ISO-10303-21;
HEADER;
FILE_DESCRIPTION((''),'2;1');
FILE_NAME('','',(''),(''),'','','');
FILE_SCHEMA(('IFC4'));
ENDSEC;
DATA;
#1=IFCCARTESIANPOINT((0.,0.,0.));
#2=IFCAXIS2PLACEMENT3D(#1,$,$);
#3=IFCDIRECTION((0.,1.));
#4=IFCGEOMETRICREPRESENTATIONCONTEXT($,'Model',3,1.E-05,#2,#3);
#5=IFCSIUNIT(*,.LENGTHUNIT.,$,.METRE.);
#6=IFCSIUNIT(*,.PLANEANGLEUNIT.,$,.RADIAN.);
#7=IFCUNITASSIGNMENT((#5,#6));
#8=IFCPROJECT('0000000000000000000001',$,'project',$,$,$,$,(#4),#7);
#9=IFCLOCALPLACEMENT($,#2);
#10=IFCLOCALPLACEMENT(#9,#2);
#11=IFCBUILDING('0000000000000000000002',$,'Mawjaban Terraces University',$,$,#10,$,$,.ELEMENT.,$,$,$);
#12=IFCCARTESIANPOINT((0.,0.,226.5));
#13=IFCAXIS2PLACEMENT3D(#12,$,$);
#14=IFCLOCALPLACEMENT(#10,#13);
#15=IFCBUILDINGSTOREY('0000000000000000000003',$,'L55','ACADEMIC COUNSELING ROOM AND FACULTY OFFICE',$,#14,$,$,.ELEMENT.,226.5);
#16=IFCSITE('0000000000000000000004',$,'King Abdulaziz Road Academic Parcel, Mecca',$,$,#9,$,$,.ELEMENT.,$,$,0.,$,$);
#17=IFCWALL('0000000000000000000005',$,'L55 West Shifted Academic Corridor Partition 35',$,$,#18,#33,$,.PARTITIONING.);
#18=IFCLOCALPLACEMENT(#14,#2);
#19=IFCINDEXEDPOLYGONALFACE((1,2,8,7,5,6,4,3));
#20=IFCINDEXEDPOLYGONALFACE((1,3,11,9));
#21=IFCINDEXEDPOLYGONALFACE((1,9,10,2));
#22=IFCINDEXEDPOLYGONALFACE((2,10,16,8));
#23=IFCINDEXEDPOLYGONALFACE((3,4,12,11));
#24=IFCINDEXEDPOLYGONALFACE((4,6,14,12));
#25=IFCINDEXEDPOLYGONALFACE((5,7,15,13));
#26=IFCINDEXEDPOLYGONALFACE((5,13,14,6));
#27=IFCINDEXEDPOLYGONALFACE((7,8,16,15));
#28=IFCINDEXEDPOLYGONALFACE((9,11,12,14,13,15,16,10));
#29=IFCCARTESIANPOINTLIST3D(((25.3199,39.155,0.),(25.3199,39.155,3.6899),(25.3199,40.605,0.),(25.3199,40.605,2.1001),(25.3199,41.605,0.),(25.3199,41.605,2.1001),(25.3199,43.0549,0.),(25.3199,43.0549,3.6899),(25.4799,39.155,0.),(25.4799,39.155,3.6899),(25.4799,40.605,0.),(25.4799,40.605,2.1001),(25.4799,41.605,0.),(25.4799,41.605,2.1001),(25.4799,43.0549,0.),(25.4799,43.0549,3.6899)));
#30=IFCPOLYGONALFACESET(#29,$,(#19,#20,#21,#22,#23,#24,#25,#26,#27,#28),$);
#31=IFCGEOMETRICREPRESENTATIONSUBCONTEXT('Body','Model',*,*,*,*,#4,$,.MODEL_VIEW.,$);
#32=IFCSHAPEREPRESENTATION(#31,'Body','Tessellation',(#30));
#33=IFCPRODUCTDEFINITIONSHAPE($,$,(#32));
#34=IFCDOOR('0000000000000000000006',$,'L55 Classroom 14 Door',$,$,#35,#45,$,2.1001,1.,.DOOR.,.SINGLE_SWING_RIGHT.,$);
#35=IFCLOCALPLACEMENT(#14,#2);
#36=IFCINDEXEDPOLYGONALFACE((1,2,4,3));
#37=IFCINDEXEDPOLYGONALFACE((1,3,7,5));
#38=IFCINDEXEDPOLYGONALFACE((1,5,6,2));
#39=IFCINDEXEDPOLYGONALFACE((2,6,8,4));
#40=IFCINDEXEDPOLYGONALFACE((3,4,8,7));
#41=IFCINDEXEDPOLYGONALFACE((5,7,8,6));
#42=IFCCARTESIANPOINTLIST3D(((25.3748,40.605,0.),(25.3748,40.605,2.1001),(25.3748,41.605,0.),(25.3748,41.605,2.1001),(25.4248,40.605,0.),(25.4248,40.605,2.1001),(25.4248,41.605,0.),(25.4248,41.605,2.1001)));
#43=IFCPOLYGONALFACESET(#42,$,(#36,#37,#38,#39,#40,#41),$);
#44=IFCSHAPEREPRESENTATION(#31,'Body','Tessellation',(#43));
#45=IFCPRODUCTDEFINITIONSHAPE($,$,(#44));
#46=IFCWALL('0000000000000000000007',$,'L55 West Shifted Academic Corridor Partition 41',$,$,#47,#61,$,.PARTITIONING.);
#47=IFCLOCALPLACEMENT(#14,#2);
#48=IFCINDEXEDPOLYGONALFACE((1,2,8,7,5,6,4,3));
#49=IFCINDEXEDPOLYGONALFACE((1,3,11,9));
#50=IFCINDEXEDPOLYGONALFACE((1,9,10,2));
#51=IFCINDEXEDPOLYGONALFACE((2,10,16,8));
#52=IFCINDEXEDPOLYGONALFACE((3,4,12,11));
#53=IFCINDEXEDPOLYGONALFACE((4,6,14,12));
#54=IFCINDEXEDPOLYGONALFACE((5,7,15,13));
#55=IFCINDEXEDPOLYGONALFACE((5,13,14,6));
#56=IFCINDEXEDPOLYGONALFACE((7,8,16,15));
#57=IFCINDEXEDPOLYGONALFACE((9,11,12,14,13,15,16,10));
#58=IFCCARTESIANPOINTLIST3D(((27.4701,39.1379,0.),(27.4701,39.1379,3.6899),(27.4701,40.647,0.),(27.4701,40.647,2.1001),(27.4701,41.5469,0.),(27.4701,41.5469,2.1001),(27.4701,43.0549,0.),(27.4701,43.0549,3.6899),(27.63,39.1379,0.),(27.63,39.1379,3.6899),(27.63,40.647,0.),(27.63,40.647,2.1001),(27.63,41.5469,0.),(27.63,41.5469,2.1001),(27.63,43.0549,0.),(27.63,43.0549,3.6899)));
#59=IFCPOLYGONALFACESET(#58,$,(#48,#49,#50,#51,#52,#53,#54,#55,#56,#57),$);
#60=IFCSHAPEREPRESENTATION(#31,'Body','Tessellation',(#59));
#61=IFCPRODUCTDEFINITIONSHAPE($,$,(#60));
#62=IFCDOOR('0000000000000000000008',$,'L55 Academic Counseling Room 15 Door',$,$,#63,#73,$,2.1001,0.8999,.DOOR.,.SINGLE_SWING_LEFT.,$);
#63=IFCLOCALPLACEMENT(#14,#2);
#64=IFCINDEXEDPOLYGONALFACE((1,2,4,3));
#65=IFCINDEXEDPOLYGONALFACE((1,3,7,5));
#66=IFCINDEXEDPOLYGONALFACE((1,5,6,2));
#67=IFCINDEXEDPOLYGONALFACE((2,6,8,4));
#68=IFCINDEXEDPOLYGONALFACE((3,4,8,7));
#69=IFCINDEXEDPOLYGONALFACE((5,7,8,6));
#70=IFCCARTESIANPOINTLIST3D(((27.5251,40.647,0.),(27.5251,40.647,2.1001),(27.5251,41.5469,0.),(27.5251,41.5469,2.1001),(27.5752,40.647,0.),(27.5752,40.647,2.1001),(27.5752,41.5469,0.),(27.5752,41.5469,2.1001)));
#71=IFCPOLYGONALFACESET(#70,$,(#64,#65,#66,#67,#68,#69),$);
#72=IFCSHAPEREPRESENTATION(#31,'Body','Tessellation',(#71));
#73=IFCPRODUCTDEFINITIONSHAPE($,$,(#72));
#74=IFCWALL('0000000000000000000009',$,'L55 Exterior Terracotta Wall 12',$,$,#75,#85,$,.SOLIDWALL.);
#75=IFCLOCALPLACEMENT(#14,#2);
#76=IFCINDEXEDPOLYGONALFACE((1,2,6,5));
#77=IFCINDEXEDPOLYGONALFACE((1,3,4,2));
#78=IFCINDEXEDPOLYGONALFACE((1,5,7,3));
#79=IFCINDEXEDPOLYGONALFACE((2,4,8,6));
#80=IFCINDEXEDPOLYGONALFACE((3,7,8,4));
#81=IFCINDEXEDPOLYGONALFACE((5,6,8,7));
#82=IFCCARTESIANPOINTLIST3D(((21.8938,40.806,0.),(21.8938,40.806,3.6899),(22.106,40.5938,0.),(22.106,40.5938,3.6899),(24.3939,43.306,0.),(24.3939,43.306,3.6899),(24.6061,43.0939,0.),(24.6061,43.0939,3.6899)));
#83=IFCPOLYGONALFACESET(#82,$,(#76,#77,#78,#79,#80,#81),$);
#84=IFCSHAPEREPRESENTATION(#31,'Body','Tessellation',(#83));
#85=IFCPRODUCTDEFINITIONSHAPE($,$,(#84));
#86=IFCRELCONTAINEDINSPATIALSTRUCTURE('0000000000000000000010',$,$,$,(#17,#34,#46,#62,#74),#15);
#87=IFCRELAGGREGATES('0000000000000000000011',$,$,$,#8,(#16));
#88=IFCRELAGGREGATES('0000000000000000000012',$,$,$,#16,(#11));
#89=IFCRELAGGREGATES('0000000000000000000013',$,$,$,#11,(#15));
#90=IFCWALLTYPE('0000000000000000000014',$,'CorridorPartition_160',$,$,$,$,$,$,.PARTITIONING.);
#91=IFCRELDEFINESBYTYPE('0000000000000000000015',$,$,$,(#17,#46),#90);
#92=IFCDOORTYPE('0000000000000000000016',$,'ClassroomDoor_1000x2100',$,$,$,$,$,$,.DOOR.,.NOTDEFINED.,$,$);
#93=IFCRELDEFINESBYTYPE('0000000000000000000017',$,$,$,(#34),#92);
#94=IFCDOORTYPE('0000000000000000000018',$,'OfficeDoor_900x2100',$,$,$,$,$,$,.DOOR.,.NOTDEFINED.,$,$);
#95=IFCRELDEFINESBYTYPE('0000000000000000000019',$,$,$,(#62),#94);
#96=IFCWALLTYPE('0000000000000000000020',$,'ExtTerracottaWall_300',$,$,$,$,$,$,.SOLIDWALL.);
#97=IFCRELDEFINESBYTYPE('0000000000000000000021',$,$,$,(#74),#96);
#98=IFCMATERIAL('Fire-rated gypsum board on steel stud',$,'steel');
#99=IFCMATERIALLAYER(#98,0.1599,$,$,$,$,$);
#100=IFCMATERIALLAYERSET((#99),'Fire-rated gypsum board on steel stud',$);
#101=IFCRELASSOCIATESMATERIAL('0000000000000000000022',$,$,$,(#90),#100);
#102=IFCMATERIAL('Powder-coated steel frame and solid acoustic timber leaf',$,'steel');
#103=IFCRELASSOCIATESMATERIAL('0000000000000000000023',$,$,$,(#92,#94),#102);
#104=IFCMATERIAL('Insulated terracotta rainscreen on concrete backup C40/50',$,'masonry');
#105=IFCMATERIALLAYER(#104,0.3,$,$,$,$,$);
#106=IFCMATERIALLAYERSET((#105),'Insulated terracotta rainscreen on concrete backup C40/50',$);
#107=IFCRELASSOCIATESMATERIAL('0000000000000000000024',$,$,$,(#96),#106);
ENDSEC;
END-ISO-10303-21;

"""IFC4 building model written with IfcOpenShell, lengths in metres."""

from ifc_helpers import new_model, si_unit, direction, frame, frame_2d, origin, place, context, subcontext, project, spatial, rectangle, extrude, material, layer, layer_set, type_object, element, fill, save


model = new_model("IFC4")

# Units and contexts
model_context = context("Model", 3, precision=1e-05, world=origin(), true_north=direction((0.0, 1.0)))
body_context = subcontext(model_context, "Body", "Model", "MODEL_VIEW")
ifc_project = project(units=[si_unit("LENGTHUNIT", "METRE"), si_unit("PLANEANGLEUNIT", "RADIAN")], contexts=[model_context])

# Site, building, storey
site_placement = place(None, origin())
site = spatial("IfcSite", under=ifc_project, at=site_placement, Name="King Abdulaziz Road Academic Parcel, Mecca", CompositionType="ELEMENT", RefElevation=0.0)
building_placement = place(site_placement, origin())
building = spatial("IfcBuilding", under=site, at=building_placement, Name="Mawjaban Terraces University", CompositionType="ELEMENT")
storey_placement = place(building_placement, frame((0.0, 0.0, 226.5)))
storey = spatial("IfcBuildingStorey", under=building, at=storey_placement, Name="L55", Description="ACADEMIC COUNSELING ROOM AND FACULTY OFFICE", CompositionType="ELEMENT", Elevation=226.5)

# Walls, openings, doors
ifc_material_1 = material(Name="Powder-coated steel frame and solid acoustic timber leaf", Category="steel")
ifc_material_2 = material(Name="Fire-rated gypsum board on steel stud", Category="steel")
ifc_layer_1 = layer(ifc_material_2, 0.1599)
ifc_layer_set_1 = layer_set([ifc_layer_1], Name="Fire-rated gypsum board on steel stud")
wall_type_1 = type_object("IfcWallType", Name="CorridorPartition_160", PredefinedType="PARTITIONING", material=ifc_layer_set_1)
wall_1_placement = place(storey_placement, frame((25.3999, 43.0549, 0.0), z_axis=(0.0, 0.0, 1.0), x_axis=(0.0, -1.0, 0.0)))
wall_1 = element("IfcWall", 1, at=wall_1_placement, inside=storey, type_object=wall_type_1, Name="L55 West Shifted Academic Corridor Partition 35", PredefinedType="PARTITIONING", context=body_context, shape_type="SweptSolid", body=[
    extrude(rectangle(XDim=3.8999, YDim=0.1599, at=frame_2d((1.95, 0.0))), origin(), (0.0, 0.0, 1.0), 3.6899),
])
opening_1_placement = place(wall_1_placement, frame((1.45, 0.0, 0.0)))
opening_1 = element("IfcOpeningElement", 2, at=opening_1_placement, cuts=wall_1, PredefinedType="OPENING", context=body_context, shape_type="SweptSolid", body=[
    extrude(rectangle(XDim=1.0, YDim=2.1001, at=frame_2d((0.5, 1.05))), frame((0.0, 0.0898, 0.0), z_axis=(0.0, -1.0, 0.0), x_axis=(1.0, 0.0, 0.0)), (0.0, 0.0, 1.0), 0.1799),
])
door_type_1 = type_object("IfcDoorType", Name="ClassroomDoor_1000x2100", OperationType="NOTDEFINED", PredefinedType="DOOR", material=ifc_material_1)
door_1_placement = place(opening_1_placement, origin())
door_1 = element("IfcDoor", 3, at=door_1_placement, inside=storey, type_object=door_type_1, Name="L55 Classroom 14 Door", OperationType="SINGLE_SWING_RIGHT", OverallHeight=2.1001, OverallWidth=1.0, PredefinedType="DOOR", context=body_context, shape_type="SweptSolid", body=[
    extrude(rectangle(XDim=1.0, YDim=2.1001, at=frame_2d((0.5, 1.05))), frame((0.0, 0.0249, 0.0), z_axis=(0.0, -1.0, 0.0), x_axis=(1.0, 0.0, 0.0)), (0.0, 0.0, 1.0), 0.05),
])
fill(opening_1, door_1)
wall_2_placement = place(storey_placement, frame((27.55, 39.1379, 0.0), z_axis=(0.0, 0.0, 1.0), x_axis=(0.0, 1.0, 0.0)))
wall_2 = element("IfcWall", 4, at=wall_2_placement, inside=storey, type_object=wall_type_1, Name="L55 West Shifted Academic Corridor Partition 41", PredefinedType="PARTITIONING", context=body_context, shape_type="SweptSolid", body=[
    extrude(rectangle(XDim=3.917, YDim=0.1599, at=frame_2d((1.9585, 0.0))), origin(), (0.0, 0.0, 1.0), 3.6899),
])
opening_2_placement = place(wall_2_placement, frame((1.509, 0.0, 0.0)))
opening_2 = element("IfcOpeningElement", 5, at=opening_2_placement, cuts=wall_2, PredefinedType="OPENING", context=body_context, shape_type="SweptSolid", body=[
    extrude(rectangle(XDim=0.8999, YDim=2.1001, at=frame_2d((0.45, 1.05))), frame((0.0, 0.0898, 0.0), z_axis=(0.0, -1.0, 0.0), x_axis=(1.0, 0.0, 0.0)), (0.0, 0.0, 1.0), 0.1799),
])
door_type_2 = type_object("IfcDoorType", Name="OfficeDoor_900x2100", OperationType="NOTDEFINED", PredefinedType="DOOR", material=ifc_material_1)
door_2_placement = place(opening_2_placement, origin())
door_2 = element("IfcDoor", 6, at=door_2_placement, inside=storey, type_object=door_type_2, Name="L55 Academic Counseling Room 15 Door", OperationType="SINGLE_SWING_LEFT", OverallHeight=2.1001, OverallWidth=0.8999, PredefinedType="DOOR", context=body_context, shape_type="SweptSolid", body=[
    extrude(rectangle(XDim=0.8999, YDim=2.1001, at=frame_2d((0.45, 1.05))), frame((0.0, 0.0249, 0.0), z_axis=(0.0, -1.0, 0.0), x_axis=(1.0, 0.0, 0.0)), (0.0, 0.0, 1.0), 0.05),
])
fill(opening_2, door_2)

# Wall
ifc_material_3 = material(Name="Insulated terracotta rainscreen on concrete backup C40/50", Category="masonry")
ifc_layer_2 = layer(ifc_material_3, 0.3)
ifc_layer_set_2 = layer_set([ifc_layer_2], Name="Insulated terracotta rainscreen on concrete backup C40/50")
wall_type_2 = type_object("IfcWallType", Name="ExtTerracottaWall_300", PredefinedType="SOLIDWALL", material=ifc_layer_set_2)
wall_3_placement = place(storey_placement, frame((24.5, 43.2, 0.0), z_axis=(0.0, 0.0, 1.0), x_axis=(-0.707107, -0.707107, 0.0)))
element("IfcWall", 7, at=wall_3_placement, inside=storey, type_object=wall_type_2, Name="L55 Exterior Terracotta Wall 12", PredefinedType="SOLIDWALL", context=body_context, shape_type="SweptSolid", body=[
    extrude(rectangle(XDim=3.5356, YDim=0.3, at=frame_2d((1.7678, 0.0))), origin(), (0.0, 0.0, 1.0), 3.6899),
])

save(model, "model.ifc")
